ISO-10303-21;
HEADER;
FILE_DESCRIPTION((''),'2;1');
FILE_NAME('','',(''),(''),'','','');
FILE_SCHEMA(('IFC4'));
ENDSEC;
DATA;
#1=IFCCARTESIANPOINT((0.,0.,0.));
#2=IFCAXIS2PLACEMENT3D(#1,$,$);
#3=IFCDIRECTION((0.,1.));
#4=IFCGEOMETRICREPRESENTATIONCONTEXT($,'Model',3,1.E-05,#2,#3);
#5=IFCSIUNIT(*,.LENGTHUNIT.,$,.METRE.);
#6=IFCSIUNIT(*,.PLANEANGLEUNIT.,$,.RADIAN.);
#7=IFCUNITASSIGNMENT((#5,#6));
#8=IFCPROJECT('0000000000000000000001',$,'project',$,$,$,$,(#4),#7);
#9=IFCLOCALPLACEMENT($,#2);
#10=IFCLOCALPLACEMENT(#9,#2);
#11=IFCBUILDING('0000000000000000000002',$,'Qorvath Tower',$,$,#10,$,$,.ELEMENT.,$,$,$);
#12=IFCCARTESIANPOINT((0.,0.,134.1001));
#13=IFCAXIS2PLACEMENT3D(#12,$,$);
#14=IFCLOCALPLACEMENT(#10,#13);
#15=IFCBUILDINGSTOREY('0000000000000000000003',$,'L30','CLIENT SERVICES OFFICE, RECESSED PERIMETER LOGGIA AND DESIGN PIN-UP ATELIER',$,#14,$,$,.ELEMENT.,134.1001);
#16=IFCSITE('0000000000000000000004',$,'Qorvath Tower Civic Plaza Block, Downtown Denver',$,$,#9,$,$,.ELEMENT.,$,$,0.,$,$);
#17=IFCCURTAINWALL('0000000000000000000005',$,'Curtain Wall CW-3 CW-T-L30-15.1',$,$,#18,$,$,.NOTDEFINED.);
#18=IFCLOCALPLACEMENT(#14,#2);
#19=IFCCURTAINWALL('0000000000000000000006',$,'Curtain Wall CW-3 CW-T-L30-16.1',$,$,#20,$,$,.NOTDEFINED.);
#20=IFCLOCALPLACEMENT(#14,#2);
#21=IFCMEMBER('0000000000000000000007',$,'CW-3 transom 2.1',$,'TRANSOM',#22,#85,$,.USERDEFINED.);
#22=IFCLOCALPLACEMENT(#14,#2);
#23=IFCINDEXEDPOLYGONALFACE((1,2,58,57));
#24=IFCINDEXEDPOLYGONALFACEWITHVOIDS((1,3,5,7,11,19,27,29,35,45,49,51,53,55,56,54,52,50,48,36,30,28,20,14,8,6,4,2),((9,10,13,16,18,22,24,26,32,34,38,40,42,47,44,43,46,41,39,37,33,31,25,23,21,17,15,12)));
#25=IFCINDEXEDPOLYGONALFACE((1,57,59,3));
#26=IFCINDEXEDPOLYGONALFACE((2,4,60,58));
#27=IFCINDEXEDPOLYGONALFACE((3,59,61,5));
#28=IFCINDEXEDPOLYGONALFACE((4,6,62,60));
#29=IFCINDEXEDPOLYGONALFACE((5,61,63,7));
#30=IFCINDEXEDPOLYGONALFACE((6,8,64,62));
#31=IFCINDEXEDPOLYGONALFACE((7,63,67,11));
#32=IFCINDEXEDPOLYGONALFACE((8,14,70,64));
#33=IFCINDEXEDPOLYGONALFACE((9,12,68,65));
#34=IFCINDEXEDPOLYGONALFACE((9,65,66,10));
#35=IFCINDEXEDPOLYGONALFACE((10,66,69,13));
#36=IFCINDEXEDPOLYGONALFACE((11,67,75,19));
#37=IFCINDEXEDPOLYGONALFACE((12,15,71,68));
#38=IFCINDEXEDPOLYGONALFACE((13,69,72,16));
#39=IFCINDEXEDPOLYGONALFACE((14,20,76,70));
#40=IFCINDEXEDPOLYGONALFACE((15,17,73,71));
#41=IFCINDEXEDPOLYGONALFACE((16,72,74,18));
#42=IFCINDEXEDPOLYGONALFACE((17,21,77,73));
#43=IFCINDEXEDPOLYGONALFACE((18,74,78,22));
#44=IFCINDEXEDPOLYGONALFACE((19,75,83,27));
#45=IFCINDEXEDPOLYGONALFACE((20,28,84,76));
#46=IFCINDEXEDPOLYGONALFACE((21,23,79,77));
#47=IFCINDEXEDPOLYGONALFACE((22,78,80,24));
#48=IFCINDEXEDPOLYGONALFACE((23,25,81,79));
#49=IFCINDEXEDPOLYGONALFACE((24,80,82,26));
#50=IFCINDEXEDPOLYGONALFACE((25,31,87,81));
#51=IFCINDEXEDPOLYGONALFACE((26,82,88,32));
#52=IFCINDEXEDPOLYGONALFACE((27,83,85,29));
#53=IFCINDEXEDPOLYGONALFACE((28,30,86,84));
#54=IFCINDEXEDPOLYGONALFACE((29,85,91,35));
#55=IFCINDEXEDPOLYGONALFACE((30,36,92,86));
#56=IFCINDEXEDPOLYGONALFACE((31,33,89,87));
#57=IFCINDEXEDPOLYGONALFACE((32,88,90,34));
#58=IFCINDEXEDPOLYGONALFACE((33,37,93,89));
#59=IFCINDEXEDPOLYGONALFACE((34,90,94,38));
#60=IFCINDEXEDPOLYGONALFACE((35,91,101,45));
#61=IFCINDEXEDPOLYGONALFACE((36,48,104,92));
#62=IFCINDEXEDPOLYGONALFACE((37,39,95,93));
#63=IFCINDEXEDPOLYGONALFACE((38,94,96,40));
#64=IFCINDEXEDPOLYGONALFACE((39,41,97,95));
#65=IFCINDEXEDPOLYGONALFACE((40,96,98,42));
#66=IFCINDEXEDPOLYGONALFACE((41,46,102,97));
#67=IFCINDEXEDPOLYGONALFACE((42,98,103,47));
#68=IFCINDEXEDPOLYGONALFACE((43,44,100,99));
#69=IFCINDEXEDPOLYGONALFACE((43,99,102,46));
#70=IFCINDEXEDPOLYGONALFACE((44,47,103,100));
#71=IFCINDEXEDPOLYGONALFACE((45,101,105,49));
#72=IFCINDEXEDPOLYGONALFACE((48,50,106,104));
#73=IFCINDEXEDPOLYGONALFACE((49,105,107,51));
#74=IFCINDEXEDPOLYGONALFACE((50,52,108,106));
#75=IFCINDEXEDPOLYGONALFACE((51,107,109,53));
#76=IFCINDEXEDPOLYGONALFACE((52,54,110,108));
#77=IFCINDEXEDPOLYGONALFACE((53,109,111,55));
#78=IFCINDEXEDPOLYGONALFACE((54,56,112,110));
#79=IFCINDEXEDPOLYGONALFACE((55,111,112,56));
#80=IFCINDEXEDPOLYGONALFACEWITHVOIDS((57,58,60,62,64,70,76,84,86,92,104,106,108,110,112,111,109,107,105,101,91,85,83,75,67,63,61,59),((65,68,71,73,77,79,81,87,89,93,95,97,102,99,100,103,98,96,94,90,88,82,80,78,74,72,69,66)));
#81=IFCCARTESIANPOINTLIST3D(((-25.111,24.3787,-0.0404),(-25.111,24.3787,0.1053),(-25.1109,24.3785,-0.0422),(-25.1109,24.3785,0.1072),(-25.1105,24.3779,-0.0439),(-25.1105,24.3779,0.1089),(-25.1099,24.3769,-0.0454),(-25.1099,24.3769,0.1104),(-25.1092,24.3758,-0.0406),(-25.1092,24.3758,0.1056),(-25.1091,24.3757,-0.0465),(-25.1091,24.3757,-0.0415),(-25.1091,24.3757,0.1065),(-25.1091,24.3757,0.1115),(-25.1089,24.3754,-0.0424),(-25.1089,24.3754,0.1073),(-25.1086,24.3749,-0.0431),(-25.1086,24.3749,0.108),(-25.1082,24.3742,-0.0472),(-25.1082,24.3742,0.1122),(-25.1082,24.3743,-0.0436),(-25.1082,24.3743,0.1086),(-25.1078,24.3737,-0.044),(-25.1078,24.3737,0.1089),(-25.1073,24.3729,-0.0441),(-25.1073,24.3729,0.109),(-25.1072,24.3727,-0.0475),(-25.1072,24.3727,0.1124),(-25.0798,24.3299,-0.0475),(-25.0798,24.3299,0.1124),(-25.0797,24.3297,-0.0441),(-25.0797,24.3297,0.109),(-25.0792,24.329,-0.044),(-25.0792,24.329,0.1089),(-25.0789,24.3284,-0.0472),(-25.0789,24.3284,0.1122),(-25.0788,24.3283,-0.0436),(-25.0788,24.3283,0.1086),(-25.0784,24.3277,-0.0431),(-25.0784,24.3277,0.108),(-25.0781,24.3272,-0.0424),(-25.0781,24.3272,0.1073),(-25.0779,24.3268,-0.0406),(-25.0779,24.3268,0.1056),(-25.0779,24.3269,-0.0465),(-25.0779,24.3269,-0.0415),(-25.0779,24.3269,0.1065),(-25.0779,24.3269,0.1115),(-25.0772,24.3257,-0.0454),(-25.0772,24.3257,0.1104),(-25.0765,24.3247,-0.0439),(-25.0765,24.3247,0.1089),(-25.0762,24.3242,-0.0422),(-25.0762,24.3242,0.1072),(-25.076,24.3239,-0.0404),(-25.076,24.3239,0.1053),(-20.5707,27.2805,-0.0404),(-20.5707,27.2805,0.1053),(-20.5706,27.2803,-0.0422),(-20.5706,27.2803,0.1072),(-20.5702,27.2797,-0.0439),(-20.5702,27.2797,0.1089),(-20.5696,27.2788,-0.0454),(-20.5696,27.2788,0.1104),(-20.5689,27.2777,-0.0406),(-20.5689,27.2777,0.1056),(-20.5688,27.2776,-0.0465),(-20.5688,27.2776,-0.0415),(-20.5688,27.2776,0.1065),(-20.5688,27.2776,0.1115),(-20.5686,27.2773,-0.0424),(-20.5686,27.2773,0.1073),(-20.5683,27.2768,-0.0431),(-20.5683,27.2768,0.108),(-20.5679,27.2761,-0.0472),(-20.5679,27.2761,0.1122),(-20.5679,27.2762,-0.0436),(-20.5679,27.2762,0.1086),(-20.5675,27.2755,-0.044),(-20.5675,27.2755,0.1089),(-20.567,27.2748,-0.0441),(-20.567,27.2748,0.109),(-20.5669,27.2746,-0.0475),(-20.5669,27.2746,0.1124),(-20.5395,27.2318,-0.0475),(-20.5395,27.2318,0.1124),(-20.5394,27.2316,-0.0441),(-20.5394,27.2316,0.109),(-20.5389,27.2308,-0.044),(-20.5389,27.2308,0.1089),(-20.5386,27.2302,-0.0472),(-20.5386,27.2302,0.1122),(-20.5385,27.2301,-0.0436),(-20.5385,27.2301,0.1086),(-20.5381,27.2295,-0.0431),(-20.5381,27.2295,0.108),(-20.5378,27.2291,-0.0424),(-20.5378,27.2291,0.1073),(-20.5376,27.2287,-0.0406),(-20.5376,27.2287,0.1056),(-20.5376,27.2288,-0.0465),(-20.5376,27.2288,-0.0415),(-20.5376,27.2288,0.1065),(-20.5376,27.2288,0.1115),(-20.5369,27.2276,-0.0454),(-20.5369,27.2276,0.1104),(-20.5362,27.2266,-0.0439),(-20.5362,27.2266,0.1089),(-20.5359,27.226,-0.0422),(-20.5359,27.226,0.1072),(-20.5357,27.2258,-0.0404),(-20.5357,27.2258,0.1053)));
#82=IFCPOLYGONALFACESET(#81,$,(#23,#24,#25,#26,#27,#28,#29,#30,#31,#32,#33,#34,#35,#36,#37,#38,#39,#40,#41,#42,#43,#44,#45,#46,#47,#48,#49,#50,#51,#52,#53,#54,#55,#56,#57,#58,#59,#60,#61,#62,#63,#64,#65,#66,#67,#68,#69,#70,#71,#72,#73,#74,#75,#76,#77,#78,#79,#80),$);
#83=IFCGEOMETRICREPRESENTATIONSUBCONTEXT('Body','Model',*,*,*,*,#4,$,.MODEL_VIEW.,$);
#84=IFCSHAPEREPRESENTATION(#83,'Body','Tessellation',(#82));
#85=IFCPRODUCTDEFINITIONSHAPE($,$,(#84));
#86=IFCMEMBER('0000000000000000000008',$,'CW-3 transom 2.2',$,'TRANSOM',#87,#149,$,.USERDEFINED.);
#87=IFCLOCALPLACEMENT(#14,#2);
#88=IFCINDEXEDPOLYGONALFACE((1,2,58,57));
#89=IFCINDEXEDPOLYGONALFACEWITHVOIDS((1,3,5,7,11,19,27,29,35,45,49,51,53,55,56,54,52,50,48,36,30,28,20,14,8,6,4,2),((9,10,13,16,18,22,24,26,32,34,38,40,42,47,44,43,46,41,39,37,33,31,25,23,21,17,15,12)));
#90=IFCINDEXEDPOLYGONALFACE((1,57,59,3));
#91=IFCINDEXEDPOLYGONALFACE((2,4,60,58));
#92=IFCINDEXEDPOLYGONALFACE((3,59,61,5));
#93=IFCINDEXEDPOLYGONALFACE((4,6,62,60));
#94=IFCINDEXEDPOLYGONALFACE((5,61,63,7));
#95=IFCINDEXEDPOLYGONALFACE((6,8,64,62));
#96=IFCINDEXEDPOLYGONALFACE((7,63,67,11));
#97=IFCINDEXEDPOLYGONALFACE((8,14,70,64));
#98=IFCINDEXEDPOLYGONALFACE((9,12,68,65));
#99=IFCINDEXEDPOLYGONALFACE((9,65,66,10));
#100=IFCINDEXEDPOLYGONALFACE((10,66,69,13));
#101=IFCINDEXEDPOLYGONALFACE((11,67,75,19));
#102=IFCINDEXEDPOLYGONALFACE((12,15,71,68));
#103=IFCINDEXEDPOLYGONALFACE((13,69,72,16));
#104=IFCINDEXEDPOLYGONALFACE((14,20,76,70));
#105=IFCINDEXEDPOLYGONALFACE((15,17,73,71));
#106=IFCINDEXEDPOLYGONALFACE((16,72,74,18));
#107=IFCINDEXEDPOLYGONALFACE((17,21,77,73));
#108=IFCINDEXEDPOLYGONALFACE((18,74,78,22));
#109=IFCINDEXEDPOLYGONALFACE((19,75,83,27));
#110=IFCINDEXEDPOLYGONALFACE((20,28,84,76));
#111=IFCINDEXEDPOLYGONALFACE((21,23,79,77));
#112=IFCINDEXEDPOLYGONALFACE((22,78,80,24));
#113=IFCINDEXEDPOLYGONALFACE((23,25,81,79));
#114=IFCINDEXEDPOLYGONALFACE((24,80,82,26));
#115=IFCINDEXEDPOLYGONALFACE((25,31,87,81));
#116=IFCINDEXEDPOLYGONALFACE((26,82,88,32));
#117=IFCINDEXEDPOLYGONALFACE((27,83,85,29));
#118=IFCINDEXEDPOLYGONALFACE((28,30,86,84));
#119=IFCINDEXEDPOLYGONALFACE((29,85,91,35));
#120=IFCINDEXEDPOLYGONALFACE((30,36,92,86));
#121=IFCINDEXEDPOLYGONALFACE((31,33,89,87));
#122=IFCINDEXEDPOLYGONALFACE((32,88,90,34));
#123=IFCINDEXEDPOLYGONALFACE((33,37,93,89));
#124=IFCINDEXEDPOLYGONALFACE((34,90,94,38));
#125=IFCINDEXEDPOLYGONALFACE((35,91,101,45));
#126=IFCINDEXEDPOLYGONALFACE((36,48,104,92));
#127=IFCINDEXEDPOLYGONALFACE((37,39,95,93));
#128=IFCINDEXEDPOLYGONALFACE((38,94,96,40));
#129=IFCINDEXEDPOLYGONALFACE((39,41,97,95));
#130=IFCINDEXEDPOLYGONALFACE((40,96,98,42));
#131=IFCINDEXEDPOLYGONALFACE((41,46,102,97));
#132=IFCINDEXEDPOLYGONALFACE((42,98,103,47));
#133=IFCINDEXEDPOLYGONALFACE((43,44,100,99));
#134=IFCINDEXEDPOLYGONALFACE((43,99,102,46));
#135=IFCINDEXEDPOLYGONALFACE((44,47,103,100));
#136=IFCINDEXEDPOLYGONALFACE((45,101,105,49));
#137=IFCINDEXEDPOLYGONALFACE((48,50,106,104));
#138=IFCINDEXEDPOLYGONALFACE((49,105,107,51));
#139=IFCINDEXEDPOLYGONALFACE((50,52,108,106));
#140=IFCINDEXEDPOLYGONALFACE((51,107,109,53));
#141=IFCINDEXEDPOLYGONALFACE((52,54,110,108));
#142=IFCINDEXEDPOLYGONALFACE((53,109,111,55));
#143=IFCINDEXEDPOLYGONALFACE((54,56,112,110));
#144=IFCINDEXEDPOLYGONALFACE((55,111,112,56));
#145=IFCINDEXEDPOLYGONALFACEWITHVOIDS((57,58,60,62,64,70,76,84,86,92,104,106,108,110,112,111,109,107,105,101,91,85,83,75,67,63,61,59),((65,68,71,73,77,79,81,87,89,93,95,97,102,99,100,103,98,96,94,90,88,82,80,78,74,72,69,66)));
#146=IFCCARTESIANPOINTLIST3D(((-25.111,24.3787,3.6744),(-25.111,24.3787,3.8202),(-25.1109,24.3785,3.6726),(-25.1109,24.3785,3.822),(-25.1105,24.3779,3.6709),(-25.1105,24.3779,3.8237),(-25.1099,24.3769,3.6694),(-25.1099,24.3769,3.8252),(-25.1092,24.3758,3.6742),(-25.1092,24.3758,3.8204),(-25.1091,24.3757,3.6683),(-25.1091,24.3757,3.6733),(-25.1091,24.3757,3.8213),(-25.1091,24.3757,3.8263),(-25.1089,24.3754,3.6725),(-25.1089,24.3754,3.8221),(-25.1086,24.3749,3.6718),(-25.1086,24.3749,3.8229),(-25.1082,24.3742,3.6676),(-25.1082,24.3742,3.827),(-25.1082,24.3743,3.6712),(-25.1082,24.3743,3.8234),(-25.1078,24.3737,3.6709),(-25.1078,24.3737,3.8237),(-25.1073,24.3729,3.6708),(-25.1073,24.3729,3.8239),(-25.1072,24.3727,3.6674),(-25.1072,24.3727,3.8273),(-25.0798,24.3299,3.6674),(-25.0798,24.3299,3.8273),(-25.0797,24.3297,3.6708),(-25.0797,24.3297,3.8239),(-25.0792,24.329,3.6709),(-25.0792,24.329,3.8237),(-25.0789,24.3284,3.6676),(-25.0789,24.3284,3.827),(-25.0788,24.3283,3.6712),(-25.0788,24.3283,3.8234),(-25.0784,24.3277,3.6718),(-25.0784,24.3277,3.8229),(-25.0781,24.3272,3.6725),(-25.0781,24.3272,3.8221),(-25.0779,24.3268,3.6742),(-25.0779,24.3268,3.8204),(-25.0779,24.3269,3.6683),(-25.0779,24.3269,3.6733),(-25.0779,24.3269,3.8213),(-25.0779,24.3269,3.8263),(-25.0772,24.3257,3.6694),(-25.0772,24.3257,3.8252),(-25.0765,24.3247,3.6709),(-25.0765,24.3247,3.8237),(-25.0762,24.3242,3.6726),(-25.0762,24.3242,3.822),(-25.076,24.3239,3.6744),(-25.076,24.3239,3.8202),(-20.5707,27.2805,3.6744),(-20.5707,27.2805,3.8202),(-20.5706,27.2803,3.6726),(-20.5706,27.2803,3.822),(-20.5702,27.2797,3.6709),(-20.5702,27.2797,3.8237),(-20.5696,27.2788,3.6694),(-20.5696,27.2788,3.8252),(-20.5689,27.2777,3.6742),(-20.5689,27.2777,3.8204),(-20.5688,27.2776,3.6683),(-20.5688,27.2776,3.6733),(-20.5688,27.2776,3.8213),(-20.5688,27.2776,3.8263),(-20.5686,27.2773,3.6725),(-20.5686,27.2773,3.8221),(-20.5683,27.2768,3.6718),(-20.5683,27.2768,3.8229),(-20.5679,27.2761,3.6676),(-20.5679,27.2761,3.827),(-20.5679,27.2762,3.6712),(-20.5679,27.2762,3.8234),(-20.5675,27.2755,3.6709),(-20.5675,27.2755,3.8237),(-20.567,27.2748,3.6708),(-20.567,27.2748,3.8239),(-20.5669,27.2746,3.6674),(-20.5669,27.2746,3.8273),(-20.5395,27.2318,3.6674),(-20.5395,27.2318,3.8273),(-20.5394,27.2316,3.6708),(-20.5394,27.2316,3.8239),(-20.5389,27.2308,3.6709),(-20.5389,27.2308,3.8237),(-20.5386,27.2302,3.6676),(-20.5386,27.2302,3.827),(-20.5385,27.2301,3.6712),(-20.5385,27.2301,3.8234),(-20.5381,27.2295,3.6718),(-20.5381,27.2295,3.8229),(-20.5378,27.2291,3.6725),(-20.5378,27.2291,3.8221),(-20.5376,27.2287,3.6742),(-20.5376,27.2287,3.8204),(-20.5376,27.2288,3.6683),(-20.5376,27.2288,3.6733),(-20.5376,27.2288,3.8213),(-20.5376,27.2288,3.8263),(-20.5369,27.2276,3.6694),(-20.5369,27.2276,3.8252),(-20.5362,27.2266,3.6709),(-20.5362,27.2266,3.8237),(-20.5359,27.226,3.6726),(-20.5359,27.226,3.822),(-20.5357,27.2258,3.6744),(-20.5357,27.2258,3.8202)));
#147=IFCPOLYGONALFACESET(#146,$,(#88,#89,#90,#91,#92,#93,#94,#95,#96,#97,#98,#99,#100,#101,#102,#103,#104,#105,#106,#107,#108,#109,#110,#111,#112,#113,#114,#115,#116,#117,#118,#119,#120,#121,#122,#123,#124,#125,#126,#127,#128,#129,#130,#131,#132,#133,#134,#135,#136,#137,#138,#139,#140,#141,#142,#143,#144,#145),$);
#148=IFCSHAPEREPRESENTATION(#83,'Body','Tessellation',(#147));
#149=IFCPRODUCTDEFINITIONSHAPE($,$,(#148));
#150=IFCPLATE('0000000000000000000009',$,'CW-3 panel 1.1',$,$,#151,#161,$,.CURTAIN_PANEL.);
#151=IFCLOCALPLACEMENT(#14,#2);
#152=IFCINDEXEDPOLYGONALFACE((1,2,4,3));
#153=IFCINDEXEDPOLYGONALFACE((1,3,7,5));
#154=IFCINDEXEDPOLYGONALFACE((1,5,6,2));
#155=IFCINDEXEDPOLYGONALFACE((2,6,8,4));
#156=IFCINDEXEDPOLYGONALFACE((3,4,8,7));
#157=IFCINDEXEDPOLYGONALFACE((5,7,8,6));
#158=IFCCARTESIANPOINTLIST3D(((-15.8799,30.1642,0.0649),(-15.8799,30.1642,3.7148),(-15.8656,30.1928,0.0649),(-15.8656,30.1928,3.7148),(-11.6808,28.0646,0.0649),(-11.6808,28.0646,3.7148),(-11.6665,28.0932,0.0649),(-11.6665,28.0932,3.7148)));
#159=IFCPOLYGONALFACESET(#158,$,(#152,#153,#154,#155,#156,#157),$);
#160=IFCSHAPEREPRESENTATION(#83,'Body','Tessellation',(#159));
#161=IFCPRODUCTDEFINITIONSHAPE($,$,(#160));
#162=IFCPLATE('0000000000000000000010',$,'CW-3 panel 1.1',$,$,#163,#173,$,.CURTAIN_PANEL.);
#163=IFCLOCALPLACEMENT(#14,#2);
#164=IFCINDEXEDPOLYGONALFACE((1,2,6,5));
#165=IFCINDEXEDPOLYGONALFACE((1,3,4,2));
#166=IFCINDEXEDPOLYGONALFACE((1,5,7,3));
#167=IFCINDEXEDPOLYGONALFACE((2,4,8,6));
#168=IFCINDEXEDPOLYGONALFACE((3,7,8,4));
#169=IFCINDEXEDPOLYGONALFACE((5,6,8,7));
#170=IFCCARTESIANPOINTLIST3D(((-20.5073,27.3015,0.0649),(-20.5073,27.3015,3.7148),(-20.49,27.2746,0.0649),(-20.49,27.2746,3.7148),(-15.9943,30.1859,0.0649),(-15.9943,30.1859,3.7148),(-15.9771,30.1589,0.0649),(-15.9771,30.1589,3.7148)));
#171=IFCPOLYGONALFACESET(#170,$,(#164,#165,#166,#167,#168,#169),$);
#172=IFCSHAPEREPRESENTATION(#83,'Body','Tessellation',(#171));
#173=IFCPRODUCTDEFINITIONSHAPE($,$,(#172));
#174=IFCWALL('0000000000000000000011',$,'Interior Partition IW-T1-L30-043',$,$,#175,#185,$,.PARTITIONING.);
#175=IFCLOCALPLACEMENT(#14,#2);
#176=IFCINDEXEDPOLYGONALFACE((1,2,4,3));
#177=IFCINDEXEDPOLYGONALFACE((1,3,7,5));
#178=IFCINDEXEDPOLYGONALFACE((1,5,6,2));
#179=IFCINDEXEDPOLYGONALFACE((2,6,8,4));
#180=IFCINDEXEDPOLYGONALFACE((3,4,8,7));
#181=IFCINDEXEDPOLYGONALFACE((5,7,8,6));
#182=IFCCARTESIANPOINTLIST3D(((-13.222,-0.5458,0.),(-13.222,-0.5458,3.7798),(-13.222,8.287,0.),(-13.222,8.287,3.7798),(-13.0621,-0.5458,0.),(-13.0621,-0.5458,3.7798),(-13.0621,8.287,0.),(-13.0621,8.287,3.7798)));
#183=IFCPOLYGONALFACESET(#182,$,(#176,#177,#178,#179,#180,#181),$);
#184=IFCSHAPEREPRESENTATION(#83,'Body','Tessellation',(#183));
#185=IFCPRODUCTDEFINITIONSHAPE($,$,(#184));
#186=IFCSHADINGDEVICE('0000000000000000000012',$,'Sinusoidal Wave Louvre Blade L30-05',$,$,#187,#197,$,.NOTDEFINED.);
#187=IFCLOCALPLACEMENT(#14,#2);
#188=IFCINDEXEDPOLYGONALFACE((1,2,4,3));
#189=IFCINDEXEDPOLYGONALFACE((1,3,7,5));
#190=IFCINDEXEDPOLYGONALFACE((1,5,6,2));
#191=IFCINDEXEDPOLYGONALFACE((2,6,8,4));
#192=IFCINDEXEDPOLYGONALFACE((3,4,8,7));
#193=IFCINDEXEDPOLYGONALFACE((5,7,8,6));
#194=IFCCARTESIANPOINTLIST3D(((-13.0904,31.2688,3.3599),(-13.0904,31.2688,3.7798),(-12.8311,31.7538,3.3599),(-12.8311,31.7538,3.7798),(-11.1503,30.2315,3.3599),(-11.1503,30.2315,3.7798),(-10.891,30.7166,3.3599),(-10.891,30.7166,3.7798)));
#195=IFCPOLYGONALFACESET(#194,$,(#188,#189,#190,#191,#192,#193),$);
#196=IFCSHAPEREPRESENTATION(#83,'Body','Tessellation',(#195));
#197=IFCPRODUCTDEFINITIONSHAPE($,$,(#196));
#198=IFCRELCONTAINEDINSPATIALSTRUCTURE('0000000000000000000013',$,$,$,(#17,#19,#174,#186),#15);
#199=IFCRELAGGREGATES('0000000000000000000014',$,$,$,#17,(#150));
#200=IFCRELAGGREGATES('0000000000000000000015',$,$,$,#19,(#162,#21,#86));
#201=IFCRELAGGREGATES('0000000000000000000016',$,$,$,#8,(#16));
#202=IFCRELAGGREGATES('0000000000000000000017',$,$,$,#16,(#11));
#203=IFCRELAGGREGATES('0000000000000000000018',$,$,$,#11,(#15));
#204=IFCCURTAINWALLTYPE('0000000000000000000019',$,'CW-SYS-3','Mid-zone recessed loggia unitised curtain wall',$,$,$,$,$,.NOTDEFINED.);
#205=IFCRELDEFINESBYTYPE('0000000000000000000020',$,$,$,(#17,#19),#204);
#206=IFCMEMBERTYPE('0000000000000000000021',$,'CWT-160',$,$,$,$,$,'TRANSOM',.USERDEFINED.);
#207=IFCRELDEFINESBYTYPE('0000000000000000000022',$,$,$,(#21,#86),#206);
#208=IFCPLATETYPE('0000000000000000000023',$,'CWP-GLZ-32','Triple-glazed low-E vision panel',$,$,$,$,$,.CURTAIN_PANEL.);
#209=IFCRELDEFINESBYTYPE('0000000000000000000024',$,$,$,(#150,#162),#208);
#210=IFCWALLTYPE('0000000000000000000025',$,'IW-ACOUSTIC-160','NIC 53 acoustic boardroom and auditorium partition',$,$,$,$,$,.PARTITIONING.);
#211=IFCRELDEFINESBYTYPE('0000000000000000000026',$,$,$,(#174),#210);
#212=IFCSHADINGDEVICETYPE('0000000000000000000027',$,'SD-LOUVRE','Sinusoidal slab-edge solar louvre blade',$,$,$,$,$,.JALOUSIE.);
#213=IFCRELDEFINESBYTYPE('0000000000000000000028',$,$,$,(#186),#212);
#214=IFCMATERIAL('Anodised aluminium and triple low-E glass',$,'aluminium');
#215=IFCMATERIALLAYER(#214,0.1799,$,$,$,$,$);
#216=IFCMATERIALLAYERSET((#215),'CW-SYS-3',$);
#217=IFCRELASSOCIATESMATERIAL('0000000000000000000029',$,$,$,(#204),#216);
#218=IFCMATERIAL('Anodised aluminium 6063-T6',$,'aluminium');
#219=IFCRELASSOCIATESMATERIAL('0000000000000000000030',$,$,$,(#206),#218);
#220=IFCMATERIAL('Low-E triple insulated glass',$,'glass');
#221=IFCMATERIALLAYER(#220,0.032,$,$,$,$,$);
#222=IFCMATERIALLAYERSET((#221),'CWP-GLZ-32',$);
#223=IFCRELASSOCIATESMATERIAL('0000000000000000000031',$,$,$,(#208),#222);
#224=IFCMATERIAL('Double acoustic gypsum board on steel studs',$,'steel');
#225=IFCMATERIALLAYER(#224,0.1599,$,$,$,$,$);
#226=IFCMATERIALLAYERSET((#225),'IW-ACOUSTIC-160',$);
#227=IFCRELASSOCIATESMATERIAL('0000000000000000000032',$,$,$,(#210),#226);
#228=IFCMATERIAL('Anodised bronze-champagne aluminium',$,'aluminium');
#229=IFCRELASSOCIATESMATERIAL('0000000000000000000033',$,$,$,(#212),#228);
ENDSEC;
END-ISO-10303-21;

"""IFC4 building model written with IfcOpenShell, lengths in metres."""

from ifc_helpers import new_model, si_unit, direction, frame, frame_2d, origin, origin_2d, place, context, subcontext, project, spatial, rectangle, hollow_rectangle, extrude, material, layer, layer_set, material_profile, profile_set, type_object, element, aggregate, save


model = new_model("IFC4")

# Units and contexts
model_context = context("Model", 3, precision=1e-05, world=origin(), true_north=direction((0.0, 1.0)))
body_context = subcontext(model_context, "Body", "Model", "MODEL_VIEW")
ifc_project = project(units=[si_unit("LENGTHUNIT", "METRE"), si_unit("PLANEANGLEUNIT", "RADIAN")], contexts=[model_context])

# Site, building, storey
site_placement = place(None, origin())
site = spatial("IfcSite", under=ifc_project, at=site_placement, Name="Qorvath Tower Civic Plaza Block, Downtown Denver", CompositionType="ELEMENT", RefElevation=0.0)
building_placement = place(site_placement, origin())
building = spatial("IfcBuilding", under=site, at=building_placement, Name="Qorvath Tower", CompositionType="ELEMENT")
storey_placement = place(building_placement, frame((0.0, 0.0, 134.1001)))
storey = spatial("IfcBuildingStorey", under=building, at=storey_placement, Name="L30", Description="CLIENT SERVICES OFFICE, RECESSED PERIMETER LOGGIA AND DESIGN PIN-UP ATELIER", CompositionType="ELEMENT", Elevation=134.1001)

# Curtain wall
ifc_material_1 = material(Name="Anodised aluminium and triple low-E glass", Category="aluminium")
ifc_layer_1 = layer(ifc_material_1, 0.1799)
ifc_layer_set_1 = layer_set([ifc_layer_1], Name="CW-SYS-3")
curtain_wall_type = type_object("IfcCurtainWallType", Name="CW-SYS-3", Description="Mid-zone recessed loggia unitised curtain wall", PredefinedType="NOTDEFINED", material=ifc_layer_set_1)
curtain_wall_1_placement = place(storey_placement, origin())
curtain_wall_1 = element("IfcCurtainWall", 1, at=curtain_wall_1_placement, inside=storey, type_object=curtain_wall_type, Name="Curtain Wall CW-3 CW-T-L30-15.1", PredefinedType="NOTDEFINED")

# Curtain wall
curtain_wall_2_placement = place(storey_placement, origin())
curtain_wall_2 = element("IfcCurtainWall", 2, at=curtain_wall_2_placement, inside=storey, type_object=curtain_wall_type, Name="Curtain Wall CW-3 CW-T-L30-16.1", PredefinedType="NOTDEFINED")

# Members
ifc_material_2 = material(Name="Anodised aluminium 6063-T6", Category="aluminium")
ifc_material_profile_1 = material_profile(ifc_material_2, hollow_rectangle(XDim=0.0649, YDim=0.1599, WallThickness=0.0034, InnerFilletRadius=0.0034, OuterFilletRadius=0.0071, at=origin_2d()), Name="CWT 160x65")
ifc_profile_set_1 = profile_set([ifc_material_profile_1], Name="Anodised aluminium 6063-T6")
member_type_1 = type_object("IfcMemberType", Name="CWT-160", ElementType="TRANSOM", PredefinedType="USERDEFINED", material=ifc_profile_set_1)
member_1_placement = place(storey_placement, frame((-20.5532, 27.2532, 0.0325), z_axis=(-0.842602, -0.538537, 0.0), x_axis=(0.538537, -0.842602, 0.0)))
member_1 = element("IfcMember", 3, at=member_1_placement, type_object=member_type_1, Name="CW-3 transom 2.1", ObjectType="TRANSOM", PredefinedType="USERDEFINED", context=body_context, shape_type="SweptSolid", body=[
    extrude(hollow_rectangle(XDim=0.0649, YDim=0.1599, WallThickness=0.0034, InnerFilletRadius=0.0034, OuterFilletRadius=0.0071, at=origin_2d()), origin(), (0.0, 0.0, 1.0), 5.3884),
])
member_2_placement = place(storey_placement, frame((-20.5532, 27.2532, 3.7473), z_axis=(-0.842602, -0.538537, 0.0), x_axis=(0.538537, -0.842602, 0.0)))
member_2 = element("IfcMember", 4, at=member_2_placement, type_object=member_type_1, Name="CW-3 transom 2.2", ObjectType="TRANSOM", PredefinedType="USERDEFINED", context=body_context, shape_type="SweptSolid", body=[
    extrude(hollow_rectangle(XDim=0.0649, YDim=0.1599, WallThickness=0.0034, InnerFilletRadius=0.0034, OuterFilletRadius=0.0071, at=origin_2d()), origin(), (0.0, 0.0, 1.0), 5.3884),
])

# Plates
ifc_material_3 = material(Name="Low-E triple insulated glass", Category="glass")
ifc_layer_2 = layer(ifc_material_3, 0.032)
ifc_layer_set_2 = layer_set([ifc_layer_2], Name="CWP-GLZ-32")
plate_type = type_object("IfcPlateType", Name="CWP-GLZ-32", Description="Triple-glazed low-E vision panel", PredefinedType="CURTAIN_PANEL", material=ifc_layer_set_2)
plate_1_placement = place(storey_placement, frame((-13.7732, 29.1287, 0.0649), z_axis=(0.0, 0.0, 1.0), x_axis=(-0.894427, 0.447214, 0.0)))
plate_1 = element("IfcPlate", 5, at=plate_1_placement, type_object=plate_type, Name="CW-3 panel 1.1", PredefinedType="CURTAIN_PANEL", context=body_context, shape_type="SweptSolid", body=[
    extrude(rectangle(XDim=4.6948, YDim=0.032, at=origin_2d()), origin(), (0.0, 0.0, 1.0), 3.6499),
])
aggregate(curtain_wall_1, [plate_1])
plate_2_placement = place(storey_placement, frame((-18.2422, 28.7302, 0.0649), z_axis=(0.0, 0.0, 1.0), x_axis=(-0.842604, -0.538534, 0.0)))
plate_2 = element("IfcPlate", 6, at=plate_2_placement, type_object=plate_type, Name="CW-3 panel 1.1", PredefinedType="CURTAIN_PANEL", context=body_context, shape_type="SweptSolid", body=[
    extrude(rectangle(XDim=5.356, YDim=0.032, at=origin_2d()), origin(), (0.0, 0.0, 1.0), 3.6499),
])
aggregate(curtain_wall_2, [plate_2, member_1, member_2])

# Wall
ifc_material_4 = material(Name="Double acoustic gypsum board on steel studs", Category="steel")
ifc_layer_3 = layer(ifc_material_4, 0.1599)
ifc_layer_set_3 = layer_set([ifc_layer_3], Name="IW-ACOUSTIC-160")
wall_type = type_object("IfcWallType", Name="IW-ACOUSTIC-160", Description="NIC 53 acoustic boardroom and auditorium partition", PredefinedType="PARTITIONING", material=ifc_layer_set_3)
wall_placement = place(storey_placement, frame((-13.1421, 8.2871, 0.0), z_axis=(0.0, 0.0, 1.0), x_axis=(0.0, -1.0, 0.0)))
element("IfcWall", 7, at=wall_placement, inside=storey, type_object=wall_type, Name="Interior Partition IW-T1-L30-043", PredefinedType="PARTITIONING", context=body_context, shape_type="SweptSolid", body=[
    extrude(rectangle(XDim=8.8328, YDim=0.1599, at=frame_2d((4.4165, 0.0))), origin(), (0.0, 0.0, 1.0), 3.7798),
])

# Shading device
ifc_material_5 = material(Name="Anodised bronze-champagne aluminium", Category="aluminium")
shading_device_type = type_object("IfcShadingDeviceType", Name="SD-LOUVRE", Description="Sinusoidal slab-edge solar louvre blade", PredefinedType="JALOUSIE", material=ifc_material_5)
for number, where, z_axis, x_axis, name in (
    (8, (-11.9907, 30.9927, 3.3599), (0.0, 0.0, 1.0), (-0.881877, 0.47148, 0.0), "Sinusoidal Wave Louvre Blade L30-05"),
):
    element("IfcShadingDevice", number, at=place(storey_placement, frame(where, z_axis=z_axis, x_axis=x_axis)), inside=storey, type_object=shading_device_type, Name=name, PredefinedType="NOTDEFINED", context=body_context, shape_type="SweptSolid", body=[
        extrude(rectangle(XDim=2.2, YDim=0.55, at=origin_2d()), origin(), (0.0, 0.0, 1.0), 0.4199),
    ])

save(model, "model.ifc")
